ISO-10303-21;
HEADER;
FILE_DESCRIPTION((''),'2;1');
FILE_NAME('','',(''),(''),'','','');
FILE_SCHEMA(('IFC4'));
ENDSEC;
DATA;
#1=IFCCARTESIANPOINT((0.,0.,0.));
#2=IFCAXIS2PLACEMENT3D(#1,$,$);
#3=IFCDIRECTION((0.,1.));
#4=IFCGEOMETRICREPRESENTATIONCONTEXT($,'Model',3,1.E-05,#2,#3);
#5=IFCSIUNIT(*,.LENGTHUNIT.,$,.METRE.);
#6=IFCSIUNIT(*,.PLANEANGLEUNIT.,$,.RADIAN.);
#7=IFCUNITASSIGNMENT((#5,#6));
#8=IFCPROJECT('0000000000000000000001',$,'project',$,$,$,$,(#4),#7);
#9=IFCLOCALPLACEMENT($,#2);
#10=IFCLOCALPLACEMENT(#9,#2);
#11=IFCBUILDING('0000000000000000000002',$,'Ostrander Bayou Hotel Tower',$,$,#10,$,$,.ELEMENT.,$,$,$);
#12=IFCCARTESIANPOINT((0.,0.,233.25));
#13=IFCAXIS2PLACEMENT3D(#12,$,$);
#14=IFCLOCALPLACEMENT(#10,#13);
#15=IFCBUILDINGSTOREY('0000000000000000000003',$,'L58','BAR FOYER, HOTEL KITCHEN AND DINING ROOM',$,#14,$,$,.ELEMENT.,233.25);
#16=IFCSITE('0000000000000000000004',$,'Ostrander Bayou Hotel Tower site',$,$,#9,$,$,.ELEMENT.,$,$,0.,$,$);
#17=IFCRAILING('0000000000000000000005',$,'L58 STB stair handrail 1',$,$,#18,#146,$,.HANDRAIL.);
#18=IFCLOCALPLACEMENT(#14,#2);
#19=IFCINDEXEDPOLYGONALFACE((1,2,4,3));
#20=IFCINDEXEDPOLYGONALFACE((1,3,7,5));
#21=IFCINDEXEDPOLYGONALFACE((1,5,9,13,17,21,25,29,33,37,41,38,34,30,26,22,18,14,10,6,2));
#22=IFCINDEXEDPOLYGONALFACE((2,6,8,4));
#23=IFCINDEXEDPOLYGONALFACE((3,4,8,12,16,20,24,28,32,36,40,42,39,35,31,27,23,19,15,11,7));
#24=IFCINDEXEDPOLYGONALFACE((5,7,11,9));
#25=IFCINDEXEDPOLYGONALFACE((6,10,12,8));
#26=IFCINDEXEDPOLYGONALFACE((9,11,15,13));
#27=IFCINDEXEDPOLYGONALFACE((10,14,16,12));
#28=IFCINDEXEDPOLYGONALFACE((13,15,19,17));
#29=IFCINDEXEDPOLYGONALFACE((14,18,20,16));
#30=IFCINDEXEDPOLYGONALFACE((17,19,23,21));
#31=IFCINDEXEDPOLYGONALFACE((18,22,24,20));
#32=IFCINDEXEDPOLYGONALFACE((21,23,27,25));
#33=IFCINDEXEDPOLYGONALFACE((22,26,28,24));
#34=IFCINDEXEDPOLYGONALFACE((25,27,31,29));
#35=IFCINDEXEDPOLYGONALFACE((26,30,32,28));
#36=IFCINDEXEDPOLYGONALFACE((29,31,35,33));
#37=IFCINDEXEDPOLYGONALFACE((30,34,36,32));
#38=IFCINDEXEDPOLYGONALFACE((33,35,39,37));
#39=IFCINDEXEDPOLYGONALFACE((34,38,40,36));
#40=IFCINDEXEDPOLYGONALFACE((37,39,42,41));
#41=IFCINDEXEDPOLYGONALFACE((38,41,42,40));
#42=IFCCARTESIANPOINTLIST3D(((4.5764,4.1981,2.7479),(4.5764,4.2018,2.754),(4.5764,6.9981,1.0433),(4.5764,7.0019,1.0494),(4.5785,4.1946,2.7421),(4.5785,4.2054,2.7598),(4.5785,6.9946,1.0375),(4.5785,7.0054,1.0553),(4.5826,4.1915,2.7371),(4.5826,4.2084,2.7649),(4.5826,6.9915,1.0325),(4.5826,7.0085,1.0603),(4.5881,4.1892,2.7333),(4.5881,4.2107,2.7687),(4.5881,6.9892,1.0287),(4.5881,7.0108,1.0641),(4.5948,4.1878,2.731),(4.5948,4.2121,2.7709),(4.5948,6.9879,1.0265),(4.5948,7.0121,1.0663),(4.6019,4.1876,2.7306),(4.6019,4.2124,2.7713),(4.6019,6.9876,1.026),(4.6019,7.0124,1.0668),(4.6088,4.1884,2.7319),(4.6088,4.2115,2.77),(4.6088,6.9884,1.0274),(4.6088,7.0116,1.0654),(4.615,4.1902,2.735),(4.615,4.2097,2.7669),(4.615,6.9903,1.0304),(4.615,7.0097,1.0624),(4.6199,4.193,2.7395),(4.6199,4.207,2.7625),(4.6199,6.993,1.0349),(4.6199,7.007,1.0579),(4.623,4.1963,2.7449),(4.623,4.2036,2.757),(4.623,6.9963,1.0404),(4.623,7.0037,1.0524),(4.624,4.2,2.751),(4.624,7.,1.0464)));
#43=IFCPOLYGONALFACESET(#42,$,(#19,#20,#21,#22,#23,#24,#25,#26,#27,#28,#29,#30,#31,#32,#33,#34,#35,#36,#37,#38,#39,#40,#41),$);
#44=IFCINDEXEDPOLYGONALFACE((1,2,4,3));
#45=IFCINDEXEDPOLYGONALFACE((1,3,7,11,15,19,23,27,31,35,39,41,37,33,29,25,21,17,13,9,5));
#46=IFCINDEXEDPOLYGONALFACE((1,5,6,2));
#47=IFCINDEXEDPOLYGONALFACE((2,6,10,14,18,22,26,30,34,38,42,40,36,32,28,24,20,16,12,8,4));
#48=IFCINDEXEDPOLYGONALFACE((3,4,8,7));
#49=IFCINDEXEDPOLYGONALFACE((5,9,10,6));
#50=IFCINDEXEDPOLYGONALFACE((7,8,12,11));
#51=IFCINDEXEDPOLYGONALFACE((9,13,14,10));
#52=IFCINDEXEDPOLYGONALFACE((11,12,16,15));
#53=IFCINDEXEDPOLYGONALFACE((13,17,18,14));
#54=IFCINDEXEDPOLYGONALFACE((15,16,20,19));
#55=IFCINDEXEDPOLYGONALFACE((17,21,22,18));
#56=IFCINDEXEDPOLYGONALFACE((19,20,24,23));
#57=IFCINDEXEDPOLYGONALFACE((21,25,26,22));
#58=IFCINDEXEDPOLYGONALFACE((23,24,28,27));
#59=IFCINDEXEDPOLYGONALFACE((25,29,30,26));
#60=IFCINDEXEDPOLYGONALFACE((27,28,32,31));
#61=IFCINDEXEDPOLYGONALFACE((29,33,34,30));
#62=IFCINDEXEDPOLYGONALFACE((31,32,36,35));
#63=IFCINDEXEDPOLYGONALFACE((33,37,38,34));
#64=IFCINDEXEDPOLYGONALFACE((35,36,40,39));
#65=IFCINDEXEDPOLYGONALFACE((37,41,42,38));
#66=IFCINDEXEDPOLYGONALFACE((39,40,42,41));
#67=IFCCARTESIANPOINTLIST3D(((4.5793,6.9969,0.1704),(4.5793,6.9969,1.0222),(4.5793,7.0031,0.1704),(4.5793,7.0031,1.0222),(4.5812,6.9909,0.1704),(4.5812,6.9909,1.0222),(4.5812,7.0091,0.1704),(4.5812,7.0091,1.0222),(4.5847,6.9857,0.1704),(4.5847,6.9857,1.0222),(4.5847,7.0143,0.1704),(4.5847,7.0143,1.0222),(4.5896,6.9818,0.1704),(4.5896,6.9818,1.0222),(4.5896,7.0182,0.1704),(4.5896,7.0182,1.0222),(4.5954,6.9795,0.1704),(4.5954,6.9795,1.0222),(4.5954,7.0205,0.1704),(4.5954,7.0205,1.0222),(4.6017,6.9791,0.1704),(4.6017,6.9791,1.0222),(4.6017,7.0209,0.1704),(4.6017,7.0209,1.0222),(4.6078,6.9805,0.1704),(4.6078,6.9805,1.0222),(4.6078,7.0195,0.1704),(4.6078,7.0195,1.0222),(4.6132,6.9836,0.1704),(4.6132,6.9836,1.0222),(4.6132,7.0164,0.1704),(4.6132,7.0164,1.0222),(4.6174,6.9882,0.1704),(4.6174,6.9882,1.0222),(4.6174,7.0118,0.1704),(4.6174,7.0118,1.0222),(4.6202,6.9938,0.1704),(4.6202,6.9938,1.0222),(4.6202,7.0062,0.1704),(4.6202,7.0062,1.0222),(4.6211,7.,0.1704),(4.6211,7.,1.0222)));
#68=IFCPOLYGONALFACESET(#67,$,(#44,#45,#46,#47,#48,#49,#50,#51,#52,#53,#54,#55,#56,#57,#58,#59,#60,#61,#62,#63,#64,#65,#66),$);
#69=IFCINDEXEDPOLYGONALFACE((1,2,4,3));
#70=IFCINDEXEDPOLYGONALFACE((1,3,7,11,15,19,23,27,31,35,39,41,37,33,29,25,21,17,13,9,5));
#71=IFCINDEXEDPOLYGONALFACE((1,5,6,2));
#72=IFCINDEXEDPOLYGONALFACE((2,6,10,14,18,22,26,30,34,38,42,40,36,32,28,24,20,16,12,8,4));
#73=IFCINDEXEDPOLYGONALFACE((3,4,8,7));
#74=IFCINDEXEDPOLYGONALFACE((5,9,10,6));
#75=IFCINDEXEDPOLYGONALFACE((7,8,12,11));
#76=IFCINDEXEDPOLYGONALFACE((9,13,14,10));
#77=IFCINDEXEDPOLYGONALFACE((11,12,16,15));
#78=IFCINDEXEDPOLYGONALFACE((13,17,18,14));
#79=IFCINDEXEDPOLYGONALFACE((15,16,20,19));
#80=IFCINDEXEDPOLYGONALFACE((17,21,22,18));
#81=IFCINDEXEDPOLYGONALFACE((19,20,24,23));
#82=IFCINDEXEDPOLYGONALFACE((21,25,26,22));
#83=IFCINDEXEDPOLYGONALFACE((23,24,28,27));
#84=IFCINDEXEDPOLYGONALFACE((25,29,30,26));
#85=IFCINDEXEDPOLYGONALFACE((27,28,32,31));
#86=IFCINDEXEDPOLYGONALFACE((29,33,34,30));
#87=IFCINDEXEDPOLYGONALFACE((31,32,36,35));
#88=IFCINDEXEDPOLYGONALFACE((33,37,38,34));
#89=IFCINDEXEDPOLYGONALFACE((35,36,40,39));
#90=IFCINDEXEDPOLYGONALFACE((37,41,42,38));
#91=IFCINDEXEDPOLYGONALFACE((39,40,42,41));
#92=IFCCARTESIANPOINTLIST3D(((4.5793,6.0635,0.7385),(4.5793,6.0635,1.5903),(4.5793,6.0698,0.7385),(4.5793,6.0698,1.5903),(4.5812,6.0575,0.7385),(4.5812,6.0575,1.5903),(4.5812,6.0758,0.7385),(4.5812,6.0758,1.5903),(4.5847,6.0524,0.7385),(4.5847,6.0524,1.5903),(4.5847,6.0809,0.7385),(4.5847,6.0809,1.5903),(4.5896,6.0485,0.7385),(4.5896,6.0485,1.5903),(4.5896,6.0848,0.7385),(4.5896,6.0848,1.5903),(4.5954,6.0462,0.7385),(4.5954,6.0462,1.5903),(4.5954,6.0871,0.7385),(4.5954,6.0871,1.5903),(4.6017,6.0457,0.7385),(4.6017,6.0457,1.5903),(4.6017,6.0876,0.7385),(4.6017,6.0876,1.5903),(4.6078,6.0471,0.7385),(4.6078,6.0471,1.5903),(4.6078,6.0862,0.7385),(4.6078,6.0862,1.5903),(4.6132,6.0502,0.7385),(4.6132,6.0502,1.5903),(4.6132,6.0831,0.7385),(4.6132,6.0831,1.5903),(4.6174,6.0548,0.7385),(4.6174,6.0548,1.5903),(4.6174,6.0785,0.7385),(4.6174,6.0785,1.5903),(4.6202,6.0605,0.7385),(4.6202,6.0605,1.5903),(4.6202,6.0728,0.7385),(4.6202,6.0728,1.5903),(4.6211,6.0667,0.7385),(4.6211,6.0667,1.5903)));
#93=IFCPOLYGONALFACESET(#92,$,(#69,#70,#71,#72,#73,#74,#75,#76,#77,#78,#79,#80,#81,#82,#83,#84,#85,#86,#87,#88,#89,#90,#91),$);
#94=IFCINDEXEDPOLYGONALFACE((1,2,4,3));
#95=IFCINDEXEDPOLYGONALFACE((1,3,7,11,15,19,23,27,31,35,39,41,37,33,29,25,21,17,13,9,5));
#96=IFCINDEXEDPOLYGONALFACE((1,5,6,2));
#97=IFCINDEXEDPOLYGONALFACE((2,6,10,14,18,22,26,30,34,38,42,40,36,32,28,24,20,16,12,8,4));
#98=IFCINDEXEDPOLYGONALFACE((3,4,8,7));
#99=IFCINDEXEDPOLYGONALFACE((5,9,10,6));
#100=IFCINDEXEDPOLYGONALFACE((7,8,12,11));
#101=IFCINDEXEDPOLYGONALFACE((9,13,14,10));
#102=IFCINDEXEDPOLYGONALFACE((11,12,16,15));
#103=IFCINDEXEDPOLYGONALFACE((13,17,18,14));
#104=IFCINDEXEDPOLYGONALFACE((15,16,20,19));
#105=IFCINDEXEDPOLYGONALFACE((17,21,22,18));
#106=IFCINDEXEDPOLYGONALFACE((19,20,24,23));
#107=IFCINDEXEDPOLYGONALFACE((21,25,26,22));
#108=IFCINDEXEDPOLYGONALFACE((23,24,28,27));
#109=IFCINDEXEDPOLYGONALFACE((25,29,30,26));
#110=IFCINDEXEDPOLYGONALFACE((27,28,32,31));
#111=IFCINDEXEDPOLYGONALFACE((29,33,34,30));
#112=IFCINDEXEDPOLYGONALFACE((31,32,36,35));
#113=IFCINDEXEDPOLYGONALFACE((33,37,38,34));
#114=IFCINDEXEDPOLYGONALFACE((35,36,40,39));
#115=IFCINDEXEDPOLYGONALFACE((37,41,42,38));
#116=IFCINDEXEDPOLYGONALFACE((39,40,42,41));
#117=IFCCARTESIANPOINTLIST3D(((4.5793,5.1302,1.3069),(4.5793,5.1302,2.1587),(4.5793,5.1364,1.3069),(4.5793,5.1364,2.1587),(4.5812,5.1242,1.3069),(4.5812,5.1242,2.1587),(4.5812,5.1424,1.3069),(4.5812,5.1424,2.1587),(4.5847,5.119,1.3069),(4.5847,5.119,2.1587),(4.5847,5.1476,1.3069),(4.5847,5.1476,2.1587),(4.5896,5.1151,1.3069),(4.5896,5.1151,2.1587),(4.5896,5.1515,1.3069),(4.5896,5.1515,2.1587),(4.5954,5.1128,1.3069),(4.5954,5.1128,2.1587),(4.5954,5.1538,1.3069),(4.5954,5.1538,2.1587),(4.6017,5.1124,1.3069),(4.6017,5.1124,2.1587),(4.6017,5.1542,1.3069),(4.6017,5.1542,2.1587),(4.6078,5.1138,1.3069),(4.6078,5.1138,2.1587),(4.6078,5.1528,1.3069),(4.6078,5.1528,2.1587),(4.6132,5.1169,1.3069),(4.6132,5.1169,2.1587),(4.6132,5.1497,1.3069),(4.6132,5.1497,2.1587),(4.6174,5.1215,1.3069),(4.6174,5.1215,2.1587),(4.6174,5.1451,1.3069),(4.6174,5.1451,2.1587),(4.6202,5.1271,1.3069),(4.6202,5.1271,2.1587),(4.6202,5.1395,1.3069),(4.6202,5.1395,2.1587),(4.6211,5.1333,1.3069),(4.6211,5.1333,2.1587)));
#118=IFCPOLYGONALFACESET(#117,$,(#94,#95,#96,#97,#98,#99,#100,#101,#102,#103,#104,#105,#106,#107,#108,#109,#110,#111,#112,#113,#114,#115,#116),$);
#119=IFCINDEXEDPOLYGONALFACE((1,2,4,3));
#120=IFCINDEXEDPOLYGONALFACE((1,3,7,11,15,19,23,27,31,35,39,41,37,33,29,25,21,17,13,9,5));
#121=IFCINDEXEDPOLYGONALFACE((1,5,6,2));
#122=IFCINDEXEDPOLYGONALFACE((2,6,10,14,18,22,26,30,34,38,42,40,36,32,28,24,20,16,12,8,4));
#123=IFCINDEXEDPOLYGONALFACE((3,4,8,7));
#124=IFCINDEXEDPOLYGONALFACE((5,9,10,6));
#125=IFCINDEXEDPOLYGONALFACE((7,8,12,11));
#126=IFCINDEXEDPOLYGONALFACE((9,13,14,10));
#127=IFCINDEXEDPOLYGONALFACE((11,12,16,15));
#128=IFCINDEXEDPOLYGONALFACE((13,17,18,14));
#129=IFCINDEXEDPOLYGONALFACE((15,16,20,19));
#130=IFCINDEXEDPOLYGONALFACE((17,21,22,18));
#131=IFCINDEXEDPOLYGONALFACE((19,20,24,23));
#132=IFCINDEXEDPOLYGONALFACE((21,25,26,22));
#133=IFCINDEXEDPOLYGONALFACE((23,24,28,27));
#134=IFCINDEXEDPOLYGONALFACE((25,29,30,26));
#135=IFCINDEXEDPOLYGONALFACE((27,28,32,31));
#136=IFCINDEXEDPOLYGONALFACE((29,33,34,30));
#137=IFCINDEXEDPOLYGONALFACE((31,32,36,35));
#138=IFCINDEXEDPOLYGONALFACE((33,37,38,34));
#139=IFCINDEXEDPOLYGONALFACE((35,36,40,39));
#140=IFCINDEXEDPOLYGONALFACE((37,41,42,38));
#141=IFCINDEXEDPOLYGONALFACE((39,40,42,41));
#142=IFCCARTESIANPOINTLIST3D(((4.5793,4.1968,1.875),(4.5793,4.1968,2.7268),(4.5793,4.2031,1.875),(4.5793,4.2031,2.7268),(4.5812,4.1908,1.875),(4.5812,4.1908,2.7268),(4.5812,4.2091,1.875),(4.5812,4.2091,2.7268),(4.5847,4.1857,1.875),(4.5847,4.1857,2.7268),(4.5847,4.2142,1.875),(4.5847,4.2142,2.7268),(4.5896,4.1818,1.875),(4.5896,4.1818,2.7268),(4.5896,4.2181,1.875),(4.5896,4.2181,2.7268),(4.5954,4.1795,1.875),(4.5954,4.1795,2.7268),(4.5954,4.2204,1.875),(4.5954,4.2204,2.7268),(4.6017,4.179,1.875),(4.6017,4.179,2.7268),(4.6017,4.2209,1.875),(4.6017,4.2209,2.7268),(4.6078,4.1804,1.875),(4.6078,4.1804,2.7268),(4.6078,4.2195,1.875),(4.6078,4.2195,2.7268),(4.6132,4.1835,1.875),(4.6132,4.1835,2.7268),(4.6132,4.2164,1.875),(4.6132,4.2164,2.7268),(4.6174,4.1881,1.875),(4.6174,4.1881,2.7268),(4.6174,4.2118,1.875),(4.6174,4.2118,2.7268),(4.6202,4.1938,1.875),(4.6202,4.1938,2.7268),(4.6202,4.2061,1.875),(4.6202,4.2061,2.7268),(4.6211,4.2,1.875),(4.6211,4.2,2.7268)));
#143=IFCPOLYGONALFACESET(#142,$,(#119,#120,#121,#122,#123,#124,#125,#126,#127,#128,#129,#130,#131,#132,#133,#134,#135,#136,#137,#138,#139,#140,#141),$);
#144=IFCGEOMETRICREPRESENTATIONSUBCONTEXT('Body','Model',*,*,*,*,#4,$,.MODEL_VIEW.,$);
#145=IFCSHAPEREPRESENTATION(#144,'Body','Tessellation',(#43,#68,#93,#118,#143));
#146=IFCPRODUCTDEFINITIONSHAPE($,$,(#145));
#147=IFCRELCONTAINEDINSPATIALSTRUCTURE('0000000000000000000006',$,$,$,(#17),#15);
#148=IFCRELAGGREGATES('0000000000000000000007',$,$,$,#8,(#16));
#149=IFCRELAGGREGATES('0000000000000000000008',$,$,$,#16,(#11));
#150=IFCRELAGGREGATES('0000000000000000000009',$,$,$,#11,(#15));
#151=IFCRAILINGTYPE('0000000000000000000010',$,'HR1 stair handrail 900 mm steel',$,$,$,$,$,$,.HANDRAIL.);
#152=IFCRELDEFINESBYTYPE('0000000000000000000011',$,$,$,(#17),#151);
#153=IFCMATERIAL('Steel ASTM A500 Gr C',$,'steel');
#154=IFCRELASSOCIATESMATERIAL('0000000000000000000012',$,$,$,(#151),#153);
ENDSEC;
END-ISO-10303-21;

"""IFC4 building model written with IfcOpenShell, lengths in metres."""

from ifc_helpers import new_model, si_unit, direction, frame, origin, origin_2d, place, context, subcontext, project, spatial, circle, extrude, material, type_object, element, save


model = new_model("IFC4")

# Units and contexts
model_context = context("Model", 3, precision=1e-05, world=origin(), true_north=direction((0.0, 1.0)))
body_context = subcontext(model_context, "Body", "Model", "MODEL_VIEW")
ifc_project = project(units=[si_unit("LENGTHUNIT", "METRE"), si_unit("PLANEANGLEUNIT", "RADIAN")], contexts=[model_context])

# Site, building, storey
site_placement = place(None, origin())
site = spatial("IfcSite", under=ifc_project, at=site_placement, Name="Ostrander Bayou Hotel Tower site", CompositionType="ELEMENT", RefElevation=0.0)
building_placement = place(site_placement, origin())
building = spatial("IfcBuilding", under=site, at=building_placement, Name="Ostrander Bayou Hotel Tower", CompositionType="ELEMENT")
storey_placement = place(building_placement, frame((0.0, 0.0, 233.25)))
storey = spatial("IfcBuildingStorey", under=building, at=storey_placement, Name="L58", Description="BAR FOYER, HOTEL KITCHEN AND DINING ROOM", CompositionType="ELEMENT", Elevation=233.25)

# Railing
ifc_material_1 = material(Name="Steel ASTM A500 Gr C", Category="steel")
railing_type_1 = type_object("IfcRailingType", Name="HR1 stair handrail 900 mm steel", PredefinedType="HANDRAIL", material=ifc_material_1)
railing_1_placement = place(storey_placement, frame((4.6001, 7.0, 0.1704)))
element("IfcRailing", 1, at=railing_1_placement, inside=storey, type_object=railing_type_1, Name="L58 STB stair handrail 1", PredefinedType="HANDRAIL", context=body_context, shape_type="SweptSolid", body=[
    extrude(circle(Radius=0.0239, at=origin_2d()), frame((0.0, 0.0, 0.876), z_axis=(0.0, -0.85417, 0.519994), x_axis=(1.0, 0.0, 0.0)), (0.0, 0.0, 1.0), 3.2781),
    extrude(circle(Radius=0.021, at=origin_2d()), origin(), (0.0, 0.0, 1.0), 0.8518),
    extrude(circle(Radius=0.021, at=origin_2d()), frame((0.0, -0.9333, 0.5681)), (0.0, 0.0, 1.0), 0.8518),
    extrude(circle(Radius=0.021, at=origin_2d()), frame((0.0, -1.8667, 1.1365)), (0.0, 0.0, 1.0), 0.8518),
    extrude(circle(Radius=0.021, at=origin_2d()), frame((0.0, -2.8, 1.7046)), (0.0, 0.0, 1.0), 0.8518),
])

save(model, "model.ifc")
